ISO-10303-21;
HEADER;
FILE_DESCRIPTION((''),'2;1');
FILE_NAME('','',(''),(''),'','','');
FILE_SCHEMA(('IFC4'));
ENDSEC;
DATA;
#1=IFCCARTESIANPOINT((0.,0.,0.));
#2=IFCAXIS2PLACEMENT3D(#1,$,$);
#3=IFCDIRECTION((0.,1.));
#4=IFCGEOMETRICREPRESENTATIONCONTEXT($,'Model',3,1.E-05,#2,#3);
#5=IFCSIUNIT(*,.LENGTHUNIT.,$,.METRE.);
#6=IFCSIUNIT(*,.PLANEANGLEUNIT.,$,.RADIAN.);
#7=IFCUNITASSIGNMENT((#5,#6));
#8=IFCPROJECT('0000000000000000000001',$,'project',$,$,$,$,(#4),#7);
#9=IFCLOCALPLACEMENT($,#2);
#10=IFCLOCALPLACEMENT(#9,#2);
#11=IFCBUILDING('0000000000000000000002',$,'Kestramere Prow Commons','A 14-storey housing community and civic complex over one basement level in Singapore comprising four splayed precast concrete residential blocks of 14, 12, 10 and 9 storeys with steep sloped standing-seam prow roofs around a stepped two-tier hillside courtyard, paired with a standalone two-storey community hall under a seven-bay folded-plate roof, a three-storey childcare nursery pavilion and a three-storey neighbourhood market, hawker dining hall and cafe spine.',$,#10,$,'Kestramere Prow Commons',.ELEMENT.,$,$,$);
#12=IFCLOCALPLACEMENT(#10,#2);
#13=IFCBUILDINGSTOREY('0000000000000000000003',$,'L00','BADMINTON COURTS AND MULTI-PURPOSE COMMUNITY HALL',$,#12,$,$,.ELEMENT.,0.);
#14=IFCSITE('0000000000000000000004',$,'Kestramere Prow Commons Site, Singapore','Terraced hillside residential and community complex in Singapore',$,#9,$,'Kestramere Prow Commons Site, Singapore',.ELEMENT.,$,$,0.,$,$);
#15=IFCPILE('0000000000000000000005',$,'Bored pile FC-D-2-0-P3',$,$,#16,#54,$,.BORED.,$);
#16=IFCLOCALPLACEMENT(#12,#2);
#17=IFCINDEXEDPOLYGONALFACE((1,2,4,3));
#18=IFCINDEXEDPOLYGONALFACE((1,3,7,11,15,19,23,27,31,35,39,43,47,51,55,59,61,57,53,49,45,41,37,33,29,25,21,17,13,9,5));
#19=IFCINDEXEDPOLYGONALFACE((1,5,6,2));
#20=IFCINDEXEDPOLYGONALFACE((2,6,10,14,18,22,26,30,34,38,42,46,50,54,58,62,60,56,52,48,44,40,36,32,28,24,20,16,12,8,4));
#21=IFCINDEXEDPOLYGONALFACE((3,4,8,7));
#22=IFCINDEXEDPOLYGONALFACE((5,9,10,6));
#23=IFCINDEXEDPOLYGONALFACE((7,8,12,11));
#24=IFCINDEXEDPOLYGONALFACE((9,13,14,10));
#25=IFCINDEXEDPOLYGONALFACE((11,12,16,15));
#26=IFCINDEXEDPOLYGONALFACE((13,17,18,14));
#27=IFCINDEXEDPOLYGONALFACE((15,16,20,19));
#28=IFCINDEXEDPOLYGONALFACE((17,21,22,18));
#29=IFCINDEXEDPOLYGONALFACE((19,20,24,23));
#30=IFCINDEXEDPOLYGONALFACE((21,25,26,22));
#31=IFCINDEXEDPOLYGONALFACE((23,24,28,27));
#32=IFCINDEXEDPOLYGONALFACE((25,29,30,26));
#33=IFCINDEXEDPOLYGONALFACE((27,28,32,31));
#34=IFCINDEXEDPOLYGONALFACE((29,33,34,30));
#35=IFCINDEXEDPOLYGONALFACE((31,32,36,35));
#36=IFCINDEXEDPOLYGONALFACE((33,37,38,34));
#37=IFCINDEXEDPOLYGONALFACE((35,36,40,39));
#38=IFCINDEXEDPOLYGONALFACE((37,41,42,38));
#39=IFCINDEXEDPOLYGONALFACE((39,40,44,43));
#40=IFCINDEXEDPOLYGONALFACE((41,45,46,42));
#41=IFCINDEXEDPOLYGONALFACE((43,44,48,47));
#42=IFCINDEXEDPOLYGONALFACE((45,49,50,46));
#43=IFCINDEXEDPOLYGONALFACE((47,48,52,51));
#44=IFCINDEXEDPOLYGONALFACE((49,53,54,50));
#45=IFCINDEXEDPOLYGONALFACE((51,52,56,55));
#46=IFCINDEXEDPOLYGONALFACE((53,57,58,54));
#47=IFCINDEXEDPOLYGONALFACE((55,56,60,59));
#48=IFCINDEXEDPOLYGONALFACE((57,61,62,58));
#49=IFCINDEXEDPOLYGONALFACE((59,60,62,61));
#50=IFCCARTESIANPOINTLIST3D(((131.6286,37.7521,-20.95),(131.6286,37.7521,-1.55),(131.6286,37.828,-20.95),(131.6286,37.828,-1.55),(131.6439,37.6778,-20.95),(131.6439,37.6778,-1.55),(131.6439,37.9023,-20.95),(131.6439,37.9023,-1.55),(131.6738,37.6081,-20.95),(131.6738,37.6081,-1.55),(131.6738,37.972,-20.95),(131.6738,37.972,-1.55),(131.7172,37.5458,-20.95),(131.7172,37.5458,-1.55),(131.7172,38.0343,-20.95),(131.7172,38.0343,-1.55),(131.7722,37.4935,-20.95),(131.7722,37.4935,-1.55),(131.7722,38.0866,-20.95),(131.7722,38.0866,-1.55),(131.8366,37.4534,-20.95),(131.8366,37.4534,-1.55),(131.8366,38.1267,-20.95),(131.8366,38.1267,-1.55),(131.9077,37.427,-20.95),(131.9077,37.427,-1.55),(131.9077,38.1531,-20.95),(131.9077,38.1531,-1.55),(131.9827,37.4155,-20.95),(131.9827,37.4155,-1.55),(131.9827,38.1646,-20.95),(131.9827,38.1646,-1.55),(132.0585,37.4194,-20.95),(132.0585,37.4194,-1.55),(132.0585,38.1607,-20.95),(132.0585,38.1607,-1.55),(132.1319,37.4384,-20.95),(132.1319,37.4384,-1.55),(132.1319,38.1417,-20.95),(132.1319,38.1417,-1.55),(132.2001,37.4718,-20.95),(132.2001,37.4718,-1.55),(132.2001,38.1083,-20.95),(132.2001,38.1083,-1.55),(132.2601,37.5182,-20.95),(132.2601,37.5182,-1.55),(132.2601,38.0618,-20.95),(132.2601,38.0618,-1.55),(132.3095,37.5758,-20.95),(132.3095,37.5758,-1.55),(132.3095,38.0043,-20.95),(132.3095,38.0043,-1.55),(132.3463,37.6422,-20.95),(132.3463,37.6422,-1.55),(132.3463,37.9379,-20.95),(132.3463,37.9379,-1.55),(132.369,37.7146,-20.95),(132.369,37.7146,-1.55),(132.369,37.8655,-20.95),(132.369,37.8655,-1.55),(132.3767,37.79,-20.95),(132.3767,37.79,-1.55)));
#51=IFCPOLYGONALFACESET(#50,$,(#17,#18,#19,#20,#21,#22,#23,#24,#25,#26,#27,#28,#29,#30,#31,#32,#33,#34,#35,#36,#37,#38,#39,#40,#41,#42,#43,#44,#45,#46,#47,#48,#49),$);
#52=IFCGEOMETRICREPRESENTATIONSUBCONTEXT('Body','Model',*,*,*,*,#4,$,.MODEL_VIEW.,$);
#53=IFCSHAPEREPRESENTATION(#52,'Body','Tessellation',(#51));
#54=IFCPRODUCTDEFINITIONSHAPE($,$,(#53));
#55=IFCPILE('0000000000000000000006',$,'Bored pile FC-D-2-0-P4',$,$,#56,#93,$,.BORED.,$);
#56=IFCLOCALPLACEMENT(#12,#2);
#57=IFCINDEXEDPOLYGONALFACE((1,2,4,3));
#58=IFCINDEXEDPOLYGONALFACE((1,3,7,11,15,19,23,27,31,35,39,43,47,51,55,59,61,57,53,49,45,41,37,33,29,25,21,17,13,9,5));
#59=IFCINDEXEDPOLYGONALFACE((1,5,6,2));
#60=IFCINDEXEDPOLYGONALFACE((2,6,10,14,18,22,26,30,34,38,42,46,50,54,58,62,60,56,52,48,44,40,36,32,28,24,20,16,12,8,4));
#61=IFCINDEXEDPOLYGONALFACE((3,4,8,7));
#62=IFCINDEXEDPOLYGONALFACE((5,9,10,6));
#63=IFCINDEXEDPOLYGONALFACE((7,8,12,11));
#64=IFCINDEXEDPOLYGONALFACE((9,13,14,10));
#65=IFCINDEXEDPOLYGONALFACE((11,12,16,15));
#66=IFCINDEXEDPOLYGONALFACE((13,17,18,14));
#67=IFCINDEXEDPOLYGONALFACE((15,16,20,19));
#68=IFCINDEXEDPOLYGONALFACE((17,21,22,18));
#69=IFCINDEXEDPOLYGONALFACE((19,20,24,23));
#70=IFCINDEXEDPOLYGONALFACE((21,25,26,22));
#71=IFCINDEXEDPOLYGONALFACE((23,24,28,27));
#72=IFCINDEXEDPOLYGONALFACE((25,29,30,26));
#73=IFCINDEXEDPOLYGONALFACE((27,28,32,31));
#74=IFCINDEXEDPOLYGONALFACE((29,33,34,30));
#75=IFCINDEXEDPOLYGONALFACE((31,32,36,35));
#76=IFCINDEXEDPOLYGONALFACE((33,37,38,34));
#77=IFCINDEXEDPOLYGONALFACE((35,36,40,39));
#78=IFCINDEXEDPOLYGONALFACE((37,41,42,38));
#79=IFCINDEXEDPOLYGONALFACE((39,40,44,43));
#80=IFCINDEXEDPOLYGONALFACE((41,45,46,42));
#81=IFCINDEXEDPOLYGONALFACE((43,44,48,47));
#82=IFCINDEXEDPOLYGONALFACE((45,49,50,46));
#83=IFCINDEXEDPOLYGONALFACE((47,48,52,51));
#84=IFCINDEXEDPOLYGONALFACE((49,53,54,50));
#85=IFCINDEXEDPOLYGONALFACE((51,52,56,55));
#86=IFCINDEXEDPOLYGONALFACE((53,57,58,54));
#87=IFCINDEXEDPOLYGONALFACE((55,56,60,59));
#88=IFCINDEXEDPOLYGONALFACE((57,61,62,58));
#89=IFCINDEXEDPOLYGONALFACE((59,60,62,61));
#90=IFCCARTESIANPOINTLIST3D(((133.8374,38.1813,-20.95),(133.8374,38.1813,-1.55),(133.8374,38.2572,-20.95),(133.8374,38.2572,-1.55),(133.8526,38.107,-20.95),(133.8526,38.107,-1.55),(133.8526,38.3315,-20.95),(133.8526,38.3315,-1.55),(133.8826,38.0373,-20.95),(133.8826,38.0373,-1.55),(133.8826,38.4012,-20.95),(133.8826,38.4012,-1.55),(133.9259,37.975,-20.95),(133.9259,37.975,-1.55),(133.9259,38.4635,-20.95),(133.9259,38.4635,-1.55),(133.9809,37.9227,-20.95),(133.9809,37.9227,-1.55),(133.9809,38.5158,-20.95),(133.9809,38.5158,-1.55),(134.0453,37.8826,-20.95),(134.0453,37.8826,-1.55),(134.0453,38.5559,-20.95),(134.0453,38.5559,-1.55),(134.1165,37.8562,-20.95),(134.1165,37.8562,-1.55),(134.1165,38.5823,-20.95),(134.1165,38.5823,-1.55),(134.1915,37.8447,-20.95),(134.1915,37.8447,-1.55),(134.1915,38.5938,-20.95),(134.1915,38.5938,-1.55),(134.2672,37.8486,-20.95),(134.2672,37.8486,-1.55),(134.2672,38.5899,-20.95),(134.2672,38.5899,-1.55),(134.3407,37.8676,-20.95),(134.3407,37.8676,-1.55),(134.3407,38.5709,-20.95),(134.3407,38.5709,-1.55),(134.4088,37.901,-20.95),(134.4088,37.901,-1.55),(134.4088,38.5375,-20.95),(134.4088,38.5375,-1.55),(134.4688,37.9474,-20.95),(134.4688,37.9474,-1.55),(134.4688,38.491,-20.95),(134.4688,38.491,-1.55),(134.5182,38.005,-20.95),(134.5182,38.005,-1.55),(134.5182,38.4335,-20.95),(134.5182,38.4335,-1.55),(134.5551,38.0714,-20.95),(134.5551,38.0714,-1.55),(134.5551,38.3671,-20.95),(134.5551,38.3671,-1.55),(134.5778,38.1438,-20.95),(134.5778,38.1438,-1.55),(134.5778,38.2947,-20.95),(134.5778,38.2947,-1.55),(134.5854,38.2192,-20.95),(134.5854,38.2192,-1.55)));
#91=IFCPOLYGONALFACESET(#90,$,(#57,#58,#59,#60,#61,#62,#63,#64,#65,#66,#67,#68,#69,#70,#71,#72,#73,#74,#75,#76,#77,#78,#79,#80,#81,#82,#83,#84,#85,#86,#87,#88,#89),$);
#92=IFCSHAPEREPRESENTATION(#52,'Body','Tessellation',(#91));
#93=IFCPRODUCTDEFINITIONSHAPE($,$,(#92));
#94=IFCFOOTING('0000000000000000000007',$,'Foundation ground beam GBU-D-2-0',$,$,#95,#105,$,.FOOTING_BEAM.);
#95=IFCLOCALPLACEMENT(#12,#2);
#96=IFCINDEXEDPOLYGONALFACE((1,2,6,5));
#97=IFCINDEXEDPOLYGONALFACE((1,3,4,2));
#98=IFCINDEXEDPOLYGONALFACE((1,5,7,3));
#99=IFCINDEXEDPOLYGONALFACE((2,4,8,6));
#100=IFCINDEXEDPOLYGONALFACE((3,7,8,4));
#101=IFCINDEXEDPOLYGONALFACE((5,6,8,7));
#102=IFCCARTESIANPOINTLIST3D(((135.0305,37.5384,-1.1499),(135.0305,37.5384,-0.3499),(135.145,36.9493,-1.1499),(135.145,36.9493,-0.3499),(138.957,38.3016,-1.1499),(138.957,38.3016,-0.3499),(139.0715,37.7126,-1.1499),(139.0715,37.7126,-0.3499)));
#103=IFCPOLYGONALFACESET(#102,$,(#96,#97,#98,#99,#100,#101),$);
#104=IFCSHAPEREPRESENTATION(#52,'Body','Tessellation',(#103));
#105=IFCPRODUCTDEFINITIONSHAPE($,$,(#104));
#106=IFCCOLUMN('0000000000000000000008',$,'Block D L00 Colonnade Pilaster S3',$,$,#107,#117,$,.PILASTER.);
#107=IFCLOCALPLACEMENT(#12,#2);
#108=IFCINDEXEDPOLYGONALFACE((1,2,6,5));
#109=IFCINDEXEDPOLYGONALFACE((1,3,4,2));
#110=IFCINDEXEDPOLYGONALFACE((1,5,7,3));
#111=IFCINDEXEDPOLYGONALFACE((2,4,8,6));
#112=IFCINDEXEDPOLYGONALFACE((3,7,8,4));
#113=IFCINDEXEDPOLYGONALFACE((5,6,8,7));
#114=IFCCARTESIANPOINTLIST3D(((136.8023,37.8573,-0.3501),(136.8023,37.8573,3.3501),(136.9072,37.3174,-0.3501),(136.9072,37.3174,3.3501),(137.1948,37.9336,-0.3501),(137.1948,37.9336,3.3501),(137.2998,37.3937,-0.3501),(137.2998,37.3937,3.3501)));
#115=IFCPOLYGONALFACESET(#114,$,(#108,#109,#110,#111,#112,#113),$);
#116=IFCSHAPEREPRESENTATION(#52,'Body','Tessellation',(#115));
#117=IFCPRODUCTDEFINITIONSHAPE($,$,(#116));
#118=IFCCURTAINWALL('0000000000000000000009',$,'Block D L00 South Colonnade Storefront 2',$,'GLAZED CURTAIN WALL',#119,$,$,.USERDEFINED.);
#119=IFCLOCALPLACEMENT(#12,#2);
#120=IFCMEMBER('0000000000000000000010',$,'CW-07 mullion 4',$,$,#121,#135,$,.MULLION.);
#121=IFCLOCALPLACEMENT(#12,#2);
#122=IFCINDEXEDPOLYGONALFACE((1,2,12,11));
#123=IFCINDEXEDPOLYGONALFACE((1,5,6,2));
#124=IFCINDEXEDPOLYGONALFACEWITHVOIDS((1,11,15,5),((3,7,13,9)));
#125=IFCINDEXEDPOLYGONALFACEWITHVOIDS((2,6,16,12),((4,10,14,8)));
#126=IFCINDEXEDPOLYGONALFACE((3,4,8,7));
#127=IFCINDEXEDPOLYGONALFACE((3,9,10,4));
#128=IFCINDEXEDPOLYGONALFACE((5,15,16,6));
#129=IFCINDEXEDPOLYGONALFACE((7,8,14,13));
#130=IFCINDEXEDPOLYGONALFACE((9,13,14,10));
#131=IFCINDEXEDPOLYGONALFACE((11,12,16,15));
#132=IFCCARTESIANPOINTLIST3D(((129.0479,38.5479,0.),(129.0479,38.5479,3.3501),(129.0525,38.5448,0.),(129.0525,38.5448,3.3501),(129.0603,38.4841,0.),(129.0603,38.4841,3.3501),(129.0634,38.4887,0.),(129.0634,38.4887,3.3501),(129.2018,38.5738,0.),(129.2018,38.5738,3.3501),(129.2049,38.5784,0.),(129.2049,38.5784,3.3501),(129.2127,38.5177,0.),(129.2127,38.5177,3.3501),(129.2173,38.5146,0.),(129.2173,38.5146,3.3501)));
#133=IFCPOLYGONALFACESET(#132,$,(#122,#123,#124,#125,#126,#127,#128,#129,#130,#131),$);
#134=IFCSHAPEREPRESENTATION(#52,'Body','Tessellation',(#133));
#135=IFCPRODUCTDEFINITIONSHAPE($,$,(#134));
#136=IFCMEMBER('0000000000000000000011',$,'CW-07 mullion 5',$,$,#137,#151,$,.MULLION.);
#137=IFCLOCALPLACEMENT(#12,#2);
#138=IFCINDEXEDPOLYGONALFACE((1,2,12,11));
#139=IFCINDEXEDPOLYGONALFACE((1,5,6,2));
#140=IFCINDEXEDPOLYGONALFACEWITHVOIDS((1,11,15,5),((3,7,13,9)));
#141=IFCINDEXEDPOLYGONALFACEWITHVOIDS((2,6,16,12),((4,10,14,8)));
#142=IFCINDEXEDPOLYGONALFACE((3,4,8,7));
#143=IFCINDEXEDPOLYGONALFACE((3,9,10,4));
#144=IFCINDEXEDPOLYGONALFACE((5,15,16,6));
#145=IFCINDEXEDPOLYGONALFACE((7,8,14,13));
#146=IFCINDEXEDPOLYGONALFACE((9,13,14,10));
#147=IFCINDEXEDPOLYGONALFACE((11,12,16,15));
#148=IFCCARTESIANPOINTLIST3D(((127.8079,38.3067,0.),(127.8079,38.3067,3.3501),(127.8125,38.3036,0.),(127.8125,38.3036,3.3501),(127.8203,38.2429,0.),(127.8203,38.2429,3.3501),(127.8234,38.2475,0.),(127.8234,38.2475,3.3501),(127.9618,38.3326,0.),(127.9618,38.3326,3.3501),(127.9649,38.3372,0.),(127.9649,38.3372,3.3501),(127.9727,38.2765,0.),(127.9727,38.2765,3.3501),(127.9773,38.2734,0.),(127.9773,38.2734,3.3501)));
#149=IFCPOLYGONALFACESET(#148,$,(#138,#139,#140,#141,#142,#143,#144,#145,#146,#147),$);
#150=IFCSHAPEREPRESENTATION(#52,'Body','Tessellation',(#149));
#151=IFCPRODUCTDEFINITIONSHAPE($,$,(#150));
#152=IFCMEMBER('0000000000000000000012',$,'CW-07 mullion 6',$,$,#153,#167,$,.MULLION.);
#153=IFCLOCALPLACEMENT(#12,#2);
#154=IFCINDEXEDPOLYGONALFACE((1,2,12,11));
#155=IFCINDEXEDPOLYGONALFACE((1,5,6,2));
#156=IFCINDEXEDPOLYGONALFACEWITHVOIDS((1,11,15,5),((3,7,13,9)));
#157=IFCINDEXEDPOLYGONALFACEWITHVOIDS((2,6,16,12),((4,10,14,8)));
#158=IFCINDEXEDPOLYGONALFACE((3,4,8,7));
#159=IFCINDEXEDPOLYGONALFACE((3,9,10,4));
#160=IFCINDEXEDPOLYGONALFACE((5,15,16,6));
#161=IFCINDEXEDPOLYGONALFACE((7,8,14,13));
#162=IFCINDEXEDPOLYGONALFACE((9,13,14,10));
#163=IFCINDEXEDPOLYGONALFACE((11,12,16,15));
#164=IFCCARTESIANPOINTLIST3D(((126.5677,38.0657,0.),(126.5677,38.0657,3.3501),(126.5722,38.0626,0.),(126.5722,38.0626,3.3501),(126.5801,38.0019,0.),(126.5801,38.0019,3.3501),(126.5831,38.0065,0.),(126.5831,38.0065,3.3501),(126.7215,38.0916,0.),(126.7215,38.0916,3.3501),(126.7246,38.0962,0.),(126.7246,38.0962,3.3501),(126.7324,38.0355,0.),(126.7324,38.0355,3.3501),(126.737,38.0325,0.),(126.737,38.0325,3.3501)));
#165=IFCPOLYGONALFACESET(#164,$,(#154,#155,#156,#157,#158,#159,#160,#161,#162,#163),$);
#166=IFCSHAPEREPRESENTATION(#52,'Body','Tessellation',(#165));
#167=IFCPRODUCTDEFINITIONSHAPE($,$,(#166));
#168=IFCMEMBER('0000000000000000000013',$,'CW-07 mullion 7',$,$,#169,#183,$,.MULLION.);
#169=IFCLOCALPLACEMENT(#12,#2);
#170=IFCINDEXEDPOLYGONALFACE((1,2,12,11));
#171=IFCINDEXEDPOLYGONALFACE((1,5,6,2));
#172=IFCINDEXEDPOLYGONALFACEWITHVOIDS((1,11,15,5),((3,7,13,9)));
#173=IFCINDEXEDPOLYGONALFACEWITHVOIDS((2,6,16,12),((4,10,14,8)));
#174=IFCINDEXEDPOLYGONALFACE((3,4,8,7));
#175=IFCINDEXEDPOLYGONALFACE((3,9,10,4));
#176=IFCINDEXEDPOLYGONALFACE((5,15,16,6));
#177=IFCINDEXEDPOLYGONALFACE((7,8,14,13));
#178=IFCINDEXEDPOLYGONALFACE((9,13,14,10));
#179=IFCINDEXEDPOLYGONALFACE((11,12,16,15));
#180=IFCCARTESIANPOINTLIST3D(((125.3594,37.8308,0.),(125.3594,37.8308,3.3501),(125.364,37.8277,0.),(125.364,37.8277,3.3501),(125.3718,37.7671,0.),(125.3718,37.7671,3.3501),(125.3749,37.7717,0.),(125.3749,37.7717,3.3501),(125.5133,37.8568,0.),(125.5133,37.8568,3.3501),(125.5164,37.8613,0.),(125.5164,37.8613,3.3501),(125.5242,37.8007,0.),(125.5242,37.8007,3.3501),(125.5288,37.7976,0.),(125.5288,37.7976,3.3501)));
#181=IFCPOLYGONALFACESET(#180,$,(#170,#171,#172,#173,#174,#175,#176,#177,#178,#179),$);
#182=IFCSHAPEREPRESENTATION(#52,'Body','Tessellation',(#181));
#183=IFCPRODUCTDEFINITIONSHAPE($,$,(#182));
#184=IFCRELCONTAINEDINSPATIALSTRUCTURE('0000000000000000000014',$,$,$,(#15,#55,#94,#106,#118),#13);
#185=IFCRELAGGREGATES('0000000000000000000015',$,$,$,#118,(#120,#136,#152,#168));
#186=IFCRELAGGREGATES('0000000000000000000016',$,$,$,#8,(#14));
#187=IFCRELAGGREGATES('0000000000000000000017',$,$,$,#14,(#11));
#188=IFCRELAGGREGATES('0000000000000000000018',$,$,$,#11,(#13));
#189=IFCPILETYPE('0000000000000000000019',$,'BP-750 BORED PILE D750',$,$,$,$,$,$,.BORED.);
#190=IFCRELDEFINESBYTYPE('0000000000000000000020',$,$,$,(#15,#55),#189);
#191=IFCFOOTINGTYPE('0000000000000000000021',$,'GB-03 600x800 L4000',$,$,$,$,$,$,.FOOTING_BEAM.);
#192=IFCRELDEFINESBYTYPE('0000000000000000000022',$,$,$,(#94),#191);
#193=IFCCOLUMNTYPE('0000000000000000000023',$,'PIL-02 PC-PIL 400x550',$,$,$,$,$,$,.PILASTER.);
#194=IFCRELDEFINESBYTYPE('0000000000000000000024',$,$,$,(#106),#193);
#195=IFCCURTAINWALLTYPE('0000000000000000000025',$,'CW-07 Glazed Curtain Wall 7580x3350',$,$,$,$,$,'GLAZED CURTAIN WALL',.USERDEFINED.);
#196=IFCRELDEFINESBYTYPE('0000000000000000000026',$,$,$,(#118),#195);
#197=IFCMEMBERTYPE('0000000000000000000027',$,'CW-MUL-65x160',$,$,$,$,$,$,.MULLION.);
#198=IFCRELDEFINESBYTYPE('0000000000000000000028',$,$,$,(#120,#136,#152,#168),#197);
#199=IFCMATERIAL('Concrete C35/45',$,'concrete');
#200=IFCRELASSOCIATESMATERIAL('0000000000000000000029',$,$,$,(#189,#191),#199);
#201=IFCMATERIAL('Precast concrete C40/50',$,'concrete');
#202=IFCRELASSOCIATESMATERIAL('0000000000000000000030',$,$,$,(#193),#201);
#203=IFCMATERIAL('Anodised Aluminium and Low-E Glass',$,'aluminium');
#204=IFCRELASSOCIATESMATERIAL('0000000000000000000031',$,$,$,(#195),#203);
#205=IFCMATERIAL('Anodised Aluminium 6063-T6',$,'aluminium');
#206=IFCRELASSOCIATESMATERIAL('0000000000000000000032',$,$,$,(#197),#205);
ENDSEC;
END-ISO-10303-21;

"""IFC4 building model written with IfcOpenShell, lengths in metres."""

from ifc_helpers import new_model, si_unit, direction, frame, origin, origin_2d, place, context, subcontext, project, spatial, rectangle, hollow_rectangle, circle, extrude, material, material_profile, profile_set, type_object, element, aggregate, save


model = new_model("IFC4")

# Units and contexts
model_context = context("Model", 3, precision=1e-05, world=origin(), true_north=direction((0.0, 1.0)))
body_context = subcontext(model_context, "Body", "Model", "MODEL_VIEW")
ifc_project = project(units=[si_unit("LENGTHUNIT", "METRE"), si_unit("PLANEANGLEUNIT", "RADIAN")], contexts=[model_context])

# Site, building, storey
site_placement = place(None, origin())
site = spatial("IfcSite", under=ifc_project, at=site_placement, Name="Kestramere Prow Commons Site, Singapore", Description="Terraced hillside residential and community complex in Singapore", LongName="Kestramere Prow Commons Site, Singapore", CompositionType="ELEMENT", RefElevation=0.0)
building_placement = place(site_placement, origin())
building = spatial("IfcBuilding", under=site, at=building_placement, Name="Kestramere Prow Commons", Description="A 14-storey housing community and civic complex over one basement level in Singapore comprising four splayed precast concrete residential blocks of 14, 12, 10 and 9 storeys with steep sloped standing-seam prow roofs around a stepped two-tier hillside courtyard, paired with a standalone two-storey community hall under a seven-bay folded-plate roof, a three-storey childcare nursery pavilion and a three-storey neighbourhood market, hawker dining hall and cafe spine.", LongName="Kestramere Prow Commons", CompositionType="ELEMENT")
storey_placement = place(building_placement, origin())
storey = spatial("IfcBuildingStorey", under=building, at=storey_placement, Name="L00", Description="BADMINTON COURTS AND MULTI-PURPOSE COMMUNITY HALL", CompositionType="ELEMENT", Elevation=0.0)

# Piles
ifc_material_1 = material(Name="Concrete C35/45", Category="concrete")
ifc_material_profile_1 = material_profile(ifc_material_1, circle(Radius=0.375, at=origin_2d()), Name="BORED PILE D750")
ifc_profile_set_1 = profile_set([ifc_material_profile_1], Name="Concrete C35/45")
pile_type = type_object("IfcPileType", Name="BP-750 BORED PILE D750", PredefinedType="BORED", material=ifc_profile_set_1)
for number, where, z_axis, x_axis, name in (
    (1, (132.0017, 37.79, -1.55), (0.0, 0.0, -1.0), (1.0, 0.0, 0.0), "Bored pile FC-D-2-0-P3"),
    (2, (134.2104, 38.2192, -1.55), (0.0, 0.0, -1.0), (1.0, 0.0, 0.0), "Bored pile FC-D-2-0-P4"),
):
    element("IfcPile", number, at=place(storey_placement, frame(where, z_axis=z_axis, x_axis=x_axis)), inside=storey, type_object=pile_type, Name=name, PredefinedType="BORED", context=body_context, shape_type="SweptSolid", body=[
        extrude(circle(Radius=0.375, at=origin_2d()), origin(), (0.0, 0.0, 1.0), 19.3999),
    ])

# Footing
footing_type = type_object("IfcFootingType", Name="GB-03 600x800 L4000", PredefinedType="FOOTING_BEAM", material=ifc_material_1)
footing_placement = place(storey_placement, frame((137.051, 37.6255, -1.1499), z_axis=(0.0, 0.0, 1.0), x_axis=(0.981627, 0.190809, 0.0)))
element("IfcFooting", 3, at=footing_placement, inside=storey, type_object=footing_type, Name="Foundation ground beam GBU-D-2-0", PredefinedType="FOOTING_BEAM", context=body_context, shape_type="SweptSolid", body=[
    extrude(rectangle(XDim=4.0, YDim=0.6001, at=origin_2d()), origin(), (0.0, 0.0, 1.0), 0.8),
])

# Column
ifc_material_2 = material(Name="Precast concrete C40/50", Category="concrete")
ifc_material_profile_2 = material_profile(ifc_material_2, rectangle(XDim=0.3999, YDim=0.55, at=origin_2d()), Name="PC-PIL 400x550")
ifc_profile_set_2 = profile_set([ifc_material_profile_2], Name="Precast concrete C40/50")
column_type = type_object("IfcColumnType", Name="PIL-02 PC-PIL 400x550", PredefinedType="PILASTER", material=ifc_profile_set_2)
column_placement = place(storey_placement, frame((137.051, 37.6255, -0.3501), z_axis=(0.0, 0.0, 1.0), x_axis=(0.981627, 0.190809, 0.0)))
element("IfcColumn", 4, at=column_placement, inside=storey, type_object=column_type, Name="Block D L00 Colonnade Pilaster S3", PredefinedType="PILASTER", context=body_context, shape_type="SweptSolid", body=[
    extrude(rectangle(XDim=0.3999, YDim=0.55, at=origin_2d()), origin(), (0.0, 0.0, 1.0), 3.7002),
])

# Curtain wall, members
ifc_material_3 = material(Name="Anodised Aluminium and Low-E Glass", Category="aluminium")
curtain_wall_type = type_object("IfcCurtainWallType", Name="CW-07 Glazed Curtain Wall 7580x3350", ElementType="GLAZED CURTAIN WALL", PredefinedType="USERDEFINED", material=ifc_material_3)
curtain_wall_placement = place(storey_placement, origin())
curtain_wall = element("IfcCurtainWall", 5, at=curtain_wall_placement, inside=storey, type_object=curtain_wall_type, Name="Block D L00 South Colonnade Storefront 2", ObjectType="GLAZED CURTAIN WALL", PredefinedType="USERDEFINED")
ifc_material_4 = material(Name="Anodised Aluminium 6063-T6", Category="aluminium")
ifc_material_profile_3 = material_profile(ifc_material_4, hollow_rectangle(XDim=0.0649, YDim=0.1599, WallThickness=0.0039, at=origin_2d()), Name="ALU-MUL 65x160")
ifc_profile_set_3 = profile_set([ifc_material_profile_3], Name="Anodised Aluminium 6063-T6")
member_type_1 = type_object("IfcMemberType", Name="CW-MUL-65x160", PredefinedType="MULLION", material=ifc_profile_set_3)
member_1_placement = place(storey_placement, frame((129.1326, 38.5312, 0.0), z_axis=(0.0, 0.0, 1.0), x_axis=(0.190809, -0.981627, 0.0)))
member_1 = element("IfcMember", 6, at=member_1_placement, type_object=member_type_1, Name="CW-07 mullion 4", PredefinedType="MULLION", context=body_context, shape_type="SweptSolid", body=[
    extrude(hollow_rectangle(XDim=0.0649, YDim=0.1599, WallThickness=0.0039, at=origin_2d()), origin(), (0.0, 0.0, 1.0), 3.3501),
])
member_2_placement = place(storey_placement, frame((127.8926, 38.29, 0.0), z_axis=(0.0, 0.0, 1.0), x_axis=(0.190809, -0.981627, 0.0)))
member_2 = element("IfcMember", 7, at=member_2_placement, type_object=member_type_1, Name="CW-07 mullion 5", PredefinedType="MULLION", context=body_context, shape_type="SweptSolid", body=[
    extrude(hollow_rectangle(XDim=0.0649, YDim=0.1599, WallThickness=0.0039, at=origin_2d()), origin(), (0.0, 0.0, 1.0), 3.3501),
])
member_3_placement = place(storey_placement, frame((126.6523, 38.0491, 0.0), z_axis=(0.0, 0.0, 1.0), x_axis=(0.190809, -0.981627, 0.0)))
member_3 = element("IfcMember", 8, at=member_3_placement, type_object=member_type_1, Name="CW-07 mullion 6", PredefinedType="MULLION", context=body_context, shape_type="SweptSolid", body=[
    extrude(hollow_rectangle(XDim=0.0649, YDim=0.1599, WallThickness=0.0039, at=origin_2d()), origin(), (0.0, 0.0, 1.0), 3.3501),
])
member_4_placement = place(storey_placement, frame((125.4441, 37.8142, 0.0), z_axis=(0.0, 0.0, 1.0), x_axis=(0.190809, -0.981627, 0.0)))
member_4 = element("IfcMember", 9, at=member_4_placement, type_object=member_type_1, Name="CW-07 mullion 7", PredefinedType="MULLION", context=body_context, shape_type="SweptSolid", body=[
    extrude(hollow_rectangle(XDim=0.0649, YDim=0.1599, WallThickness=0.0039, at=origin_2d()), origin(), (0.0, 0.0, 1.0), 3.3501),
])
aggregate(curtain_wall, [member_1, member_2, member_3, member_4])

save(model, "model.ifc")
